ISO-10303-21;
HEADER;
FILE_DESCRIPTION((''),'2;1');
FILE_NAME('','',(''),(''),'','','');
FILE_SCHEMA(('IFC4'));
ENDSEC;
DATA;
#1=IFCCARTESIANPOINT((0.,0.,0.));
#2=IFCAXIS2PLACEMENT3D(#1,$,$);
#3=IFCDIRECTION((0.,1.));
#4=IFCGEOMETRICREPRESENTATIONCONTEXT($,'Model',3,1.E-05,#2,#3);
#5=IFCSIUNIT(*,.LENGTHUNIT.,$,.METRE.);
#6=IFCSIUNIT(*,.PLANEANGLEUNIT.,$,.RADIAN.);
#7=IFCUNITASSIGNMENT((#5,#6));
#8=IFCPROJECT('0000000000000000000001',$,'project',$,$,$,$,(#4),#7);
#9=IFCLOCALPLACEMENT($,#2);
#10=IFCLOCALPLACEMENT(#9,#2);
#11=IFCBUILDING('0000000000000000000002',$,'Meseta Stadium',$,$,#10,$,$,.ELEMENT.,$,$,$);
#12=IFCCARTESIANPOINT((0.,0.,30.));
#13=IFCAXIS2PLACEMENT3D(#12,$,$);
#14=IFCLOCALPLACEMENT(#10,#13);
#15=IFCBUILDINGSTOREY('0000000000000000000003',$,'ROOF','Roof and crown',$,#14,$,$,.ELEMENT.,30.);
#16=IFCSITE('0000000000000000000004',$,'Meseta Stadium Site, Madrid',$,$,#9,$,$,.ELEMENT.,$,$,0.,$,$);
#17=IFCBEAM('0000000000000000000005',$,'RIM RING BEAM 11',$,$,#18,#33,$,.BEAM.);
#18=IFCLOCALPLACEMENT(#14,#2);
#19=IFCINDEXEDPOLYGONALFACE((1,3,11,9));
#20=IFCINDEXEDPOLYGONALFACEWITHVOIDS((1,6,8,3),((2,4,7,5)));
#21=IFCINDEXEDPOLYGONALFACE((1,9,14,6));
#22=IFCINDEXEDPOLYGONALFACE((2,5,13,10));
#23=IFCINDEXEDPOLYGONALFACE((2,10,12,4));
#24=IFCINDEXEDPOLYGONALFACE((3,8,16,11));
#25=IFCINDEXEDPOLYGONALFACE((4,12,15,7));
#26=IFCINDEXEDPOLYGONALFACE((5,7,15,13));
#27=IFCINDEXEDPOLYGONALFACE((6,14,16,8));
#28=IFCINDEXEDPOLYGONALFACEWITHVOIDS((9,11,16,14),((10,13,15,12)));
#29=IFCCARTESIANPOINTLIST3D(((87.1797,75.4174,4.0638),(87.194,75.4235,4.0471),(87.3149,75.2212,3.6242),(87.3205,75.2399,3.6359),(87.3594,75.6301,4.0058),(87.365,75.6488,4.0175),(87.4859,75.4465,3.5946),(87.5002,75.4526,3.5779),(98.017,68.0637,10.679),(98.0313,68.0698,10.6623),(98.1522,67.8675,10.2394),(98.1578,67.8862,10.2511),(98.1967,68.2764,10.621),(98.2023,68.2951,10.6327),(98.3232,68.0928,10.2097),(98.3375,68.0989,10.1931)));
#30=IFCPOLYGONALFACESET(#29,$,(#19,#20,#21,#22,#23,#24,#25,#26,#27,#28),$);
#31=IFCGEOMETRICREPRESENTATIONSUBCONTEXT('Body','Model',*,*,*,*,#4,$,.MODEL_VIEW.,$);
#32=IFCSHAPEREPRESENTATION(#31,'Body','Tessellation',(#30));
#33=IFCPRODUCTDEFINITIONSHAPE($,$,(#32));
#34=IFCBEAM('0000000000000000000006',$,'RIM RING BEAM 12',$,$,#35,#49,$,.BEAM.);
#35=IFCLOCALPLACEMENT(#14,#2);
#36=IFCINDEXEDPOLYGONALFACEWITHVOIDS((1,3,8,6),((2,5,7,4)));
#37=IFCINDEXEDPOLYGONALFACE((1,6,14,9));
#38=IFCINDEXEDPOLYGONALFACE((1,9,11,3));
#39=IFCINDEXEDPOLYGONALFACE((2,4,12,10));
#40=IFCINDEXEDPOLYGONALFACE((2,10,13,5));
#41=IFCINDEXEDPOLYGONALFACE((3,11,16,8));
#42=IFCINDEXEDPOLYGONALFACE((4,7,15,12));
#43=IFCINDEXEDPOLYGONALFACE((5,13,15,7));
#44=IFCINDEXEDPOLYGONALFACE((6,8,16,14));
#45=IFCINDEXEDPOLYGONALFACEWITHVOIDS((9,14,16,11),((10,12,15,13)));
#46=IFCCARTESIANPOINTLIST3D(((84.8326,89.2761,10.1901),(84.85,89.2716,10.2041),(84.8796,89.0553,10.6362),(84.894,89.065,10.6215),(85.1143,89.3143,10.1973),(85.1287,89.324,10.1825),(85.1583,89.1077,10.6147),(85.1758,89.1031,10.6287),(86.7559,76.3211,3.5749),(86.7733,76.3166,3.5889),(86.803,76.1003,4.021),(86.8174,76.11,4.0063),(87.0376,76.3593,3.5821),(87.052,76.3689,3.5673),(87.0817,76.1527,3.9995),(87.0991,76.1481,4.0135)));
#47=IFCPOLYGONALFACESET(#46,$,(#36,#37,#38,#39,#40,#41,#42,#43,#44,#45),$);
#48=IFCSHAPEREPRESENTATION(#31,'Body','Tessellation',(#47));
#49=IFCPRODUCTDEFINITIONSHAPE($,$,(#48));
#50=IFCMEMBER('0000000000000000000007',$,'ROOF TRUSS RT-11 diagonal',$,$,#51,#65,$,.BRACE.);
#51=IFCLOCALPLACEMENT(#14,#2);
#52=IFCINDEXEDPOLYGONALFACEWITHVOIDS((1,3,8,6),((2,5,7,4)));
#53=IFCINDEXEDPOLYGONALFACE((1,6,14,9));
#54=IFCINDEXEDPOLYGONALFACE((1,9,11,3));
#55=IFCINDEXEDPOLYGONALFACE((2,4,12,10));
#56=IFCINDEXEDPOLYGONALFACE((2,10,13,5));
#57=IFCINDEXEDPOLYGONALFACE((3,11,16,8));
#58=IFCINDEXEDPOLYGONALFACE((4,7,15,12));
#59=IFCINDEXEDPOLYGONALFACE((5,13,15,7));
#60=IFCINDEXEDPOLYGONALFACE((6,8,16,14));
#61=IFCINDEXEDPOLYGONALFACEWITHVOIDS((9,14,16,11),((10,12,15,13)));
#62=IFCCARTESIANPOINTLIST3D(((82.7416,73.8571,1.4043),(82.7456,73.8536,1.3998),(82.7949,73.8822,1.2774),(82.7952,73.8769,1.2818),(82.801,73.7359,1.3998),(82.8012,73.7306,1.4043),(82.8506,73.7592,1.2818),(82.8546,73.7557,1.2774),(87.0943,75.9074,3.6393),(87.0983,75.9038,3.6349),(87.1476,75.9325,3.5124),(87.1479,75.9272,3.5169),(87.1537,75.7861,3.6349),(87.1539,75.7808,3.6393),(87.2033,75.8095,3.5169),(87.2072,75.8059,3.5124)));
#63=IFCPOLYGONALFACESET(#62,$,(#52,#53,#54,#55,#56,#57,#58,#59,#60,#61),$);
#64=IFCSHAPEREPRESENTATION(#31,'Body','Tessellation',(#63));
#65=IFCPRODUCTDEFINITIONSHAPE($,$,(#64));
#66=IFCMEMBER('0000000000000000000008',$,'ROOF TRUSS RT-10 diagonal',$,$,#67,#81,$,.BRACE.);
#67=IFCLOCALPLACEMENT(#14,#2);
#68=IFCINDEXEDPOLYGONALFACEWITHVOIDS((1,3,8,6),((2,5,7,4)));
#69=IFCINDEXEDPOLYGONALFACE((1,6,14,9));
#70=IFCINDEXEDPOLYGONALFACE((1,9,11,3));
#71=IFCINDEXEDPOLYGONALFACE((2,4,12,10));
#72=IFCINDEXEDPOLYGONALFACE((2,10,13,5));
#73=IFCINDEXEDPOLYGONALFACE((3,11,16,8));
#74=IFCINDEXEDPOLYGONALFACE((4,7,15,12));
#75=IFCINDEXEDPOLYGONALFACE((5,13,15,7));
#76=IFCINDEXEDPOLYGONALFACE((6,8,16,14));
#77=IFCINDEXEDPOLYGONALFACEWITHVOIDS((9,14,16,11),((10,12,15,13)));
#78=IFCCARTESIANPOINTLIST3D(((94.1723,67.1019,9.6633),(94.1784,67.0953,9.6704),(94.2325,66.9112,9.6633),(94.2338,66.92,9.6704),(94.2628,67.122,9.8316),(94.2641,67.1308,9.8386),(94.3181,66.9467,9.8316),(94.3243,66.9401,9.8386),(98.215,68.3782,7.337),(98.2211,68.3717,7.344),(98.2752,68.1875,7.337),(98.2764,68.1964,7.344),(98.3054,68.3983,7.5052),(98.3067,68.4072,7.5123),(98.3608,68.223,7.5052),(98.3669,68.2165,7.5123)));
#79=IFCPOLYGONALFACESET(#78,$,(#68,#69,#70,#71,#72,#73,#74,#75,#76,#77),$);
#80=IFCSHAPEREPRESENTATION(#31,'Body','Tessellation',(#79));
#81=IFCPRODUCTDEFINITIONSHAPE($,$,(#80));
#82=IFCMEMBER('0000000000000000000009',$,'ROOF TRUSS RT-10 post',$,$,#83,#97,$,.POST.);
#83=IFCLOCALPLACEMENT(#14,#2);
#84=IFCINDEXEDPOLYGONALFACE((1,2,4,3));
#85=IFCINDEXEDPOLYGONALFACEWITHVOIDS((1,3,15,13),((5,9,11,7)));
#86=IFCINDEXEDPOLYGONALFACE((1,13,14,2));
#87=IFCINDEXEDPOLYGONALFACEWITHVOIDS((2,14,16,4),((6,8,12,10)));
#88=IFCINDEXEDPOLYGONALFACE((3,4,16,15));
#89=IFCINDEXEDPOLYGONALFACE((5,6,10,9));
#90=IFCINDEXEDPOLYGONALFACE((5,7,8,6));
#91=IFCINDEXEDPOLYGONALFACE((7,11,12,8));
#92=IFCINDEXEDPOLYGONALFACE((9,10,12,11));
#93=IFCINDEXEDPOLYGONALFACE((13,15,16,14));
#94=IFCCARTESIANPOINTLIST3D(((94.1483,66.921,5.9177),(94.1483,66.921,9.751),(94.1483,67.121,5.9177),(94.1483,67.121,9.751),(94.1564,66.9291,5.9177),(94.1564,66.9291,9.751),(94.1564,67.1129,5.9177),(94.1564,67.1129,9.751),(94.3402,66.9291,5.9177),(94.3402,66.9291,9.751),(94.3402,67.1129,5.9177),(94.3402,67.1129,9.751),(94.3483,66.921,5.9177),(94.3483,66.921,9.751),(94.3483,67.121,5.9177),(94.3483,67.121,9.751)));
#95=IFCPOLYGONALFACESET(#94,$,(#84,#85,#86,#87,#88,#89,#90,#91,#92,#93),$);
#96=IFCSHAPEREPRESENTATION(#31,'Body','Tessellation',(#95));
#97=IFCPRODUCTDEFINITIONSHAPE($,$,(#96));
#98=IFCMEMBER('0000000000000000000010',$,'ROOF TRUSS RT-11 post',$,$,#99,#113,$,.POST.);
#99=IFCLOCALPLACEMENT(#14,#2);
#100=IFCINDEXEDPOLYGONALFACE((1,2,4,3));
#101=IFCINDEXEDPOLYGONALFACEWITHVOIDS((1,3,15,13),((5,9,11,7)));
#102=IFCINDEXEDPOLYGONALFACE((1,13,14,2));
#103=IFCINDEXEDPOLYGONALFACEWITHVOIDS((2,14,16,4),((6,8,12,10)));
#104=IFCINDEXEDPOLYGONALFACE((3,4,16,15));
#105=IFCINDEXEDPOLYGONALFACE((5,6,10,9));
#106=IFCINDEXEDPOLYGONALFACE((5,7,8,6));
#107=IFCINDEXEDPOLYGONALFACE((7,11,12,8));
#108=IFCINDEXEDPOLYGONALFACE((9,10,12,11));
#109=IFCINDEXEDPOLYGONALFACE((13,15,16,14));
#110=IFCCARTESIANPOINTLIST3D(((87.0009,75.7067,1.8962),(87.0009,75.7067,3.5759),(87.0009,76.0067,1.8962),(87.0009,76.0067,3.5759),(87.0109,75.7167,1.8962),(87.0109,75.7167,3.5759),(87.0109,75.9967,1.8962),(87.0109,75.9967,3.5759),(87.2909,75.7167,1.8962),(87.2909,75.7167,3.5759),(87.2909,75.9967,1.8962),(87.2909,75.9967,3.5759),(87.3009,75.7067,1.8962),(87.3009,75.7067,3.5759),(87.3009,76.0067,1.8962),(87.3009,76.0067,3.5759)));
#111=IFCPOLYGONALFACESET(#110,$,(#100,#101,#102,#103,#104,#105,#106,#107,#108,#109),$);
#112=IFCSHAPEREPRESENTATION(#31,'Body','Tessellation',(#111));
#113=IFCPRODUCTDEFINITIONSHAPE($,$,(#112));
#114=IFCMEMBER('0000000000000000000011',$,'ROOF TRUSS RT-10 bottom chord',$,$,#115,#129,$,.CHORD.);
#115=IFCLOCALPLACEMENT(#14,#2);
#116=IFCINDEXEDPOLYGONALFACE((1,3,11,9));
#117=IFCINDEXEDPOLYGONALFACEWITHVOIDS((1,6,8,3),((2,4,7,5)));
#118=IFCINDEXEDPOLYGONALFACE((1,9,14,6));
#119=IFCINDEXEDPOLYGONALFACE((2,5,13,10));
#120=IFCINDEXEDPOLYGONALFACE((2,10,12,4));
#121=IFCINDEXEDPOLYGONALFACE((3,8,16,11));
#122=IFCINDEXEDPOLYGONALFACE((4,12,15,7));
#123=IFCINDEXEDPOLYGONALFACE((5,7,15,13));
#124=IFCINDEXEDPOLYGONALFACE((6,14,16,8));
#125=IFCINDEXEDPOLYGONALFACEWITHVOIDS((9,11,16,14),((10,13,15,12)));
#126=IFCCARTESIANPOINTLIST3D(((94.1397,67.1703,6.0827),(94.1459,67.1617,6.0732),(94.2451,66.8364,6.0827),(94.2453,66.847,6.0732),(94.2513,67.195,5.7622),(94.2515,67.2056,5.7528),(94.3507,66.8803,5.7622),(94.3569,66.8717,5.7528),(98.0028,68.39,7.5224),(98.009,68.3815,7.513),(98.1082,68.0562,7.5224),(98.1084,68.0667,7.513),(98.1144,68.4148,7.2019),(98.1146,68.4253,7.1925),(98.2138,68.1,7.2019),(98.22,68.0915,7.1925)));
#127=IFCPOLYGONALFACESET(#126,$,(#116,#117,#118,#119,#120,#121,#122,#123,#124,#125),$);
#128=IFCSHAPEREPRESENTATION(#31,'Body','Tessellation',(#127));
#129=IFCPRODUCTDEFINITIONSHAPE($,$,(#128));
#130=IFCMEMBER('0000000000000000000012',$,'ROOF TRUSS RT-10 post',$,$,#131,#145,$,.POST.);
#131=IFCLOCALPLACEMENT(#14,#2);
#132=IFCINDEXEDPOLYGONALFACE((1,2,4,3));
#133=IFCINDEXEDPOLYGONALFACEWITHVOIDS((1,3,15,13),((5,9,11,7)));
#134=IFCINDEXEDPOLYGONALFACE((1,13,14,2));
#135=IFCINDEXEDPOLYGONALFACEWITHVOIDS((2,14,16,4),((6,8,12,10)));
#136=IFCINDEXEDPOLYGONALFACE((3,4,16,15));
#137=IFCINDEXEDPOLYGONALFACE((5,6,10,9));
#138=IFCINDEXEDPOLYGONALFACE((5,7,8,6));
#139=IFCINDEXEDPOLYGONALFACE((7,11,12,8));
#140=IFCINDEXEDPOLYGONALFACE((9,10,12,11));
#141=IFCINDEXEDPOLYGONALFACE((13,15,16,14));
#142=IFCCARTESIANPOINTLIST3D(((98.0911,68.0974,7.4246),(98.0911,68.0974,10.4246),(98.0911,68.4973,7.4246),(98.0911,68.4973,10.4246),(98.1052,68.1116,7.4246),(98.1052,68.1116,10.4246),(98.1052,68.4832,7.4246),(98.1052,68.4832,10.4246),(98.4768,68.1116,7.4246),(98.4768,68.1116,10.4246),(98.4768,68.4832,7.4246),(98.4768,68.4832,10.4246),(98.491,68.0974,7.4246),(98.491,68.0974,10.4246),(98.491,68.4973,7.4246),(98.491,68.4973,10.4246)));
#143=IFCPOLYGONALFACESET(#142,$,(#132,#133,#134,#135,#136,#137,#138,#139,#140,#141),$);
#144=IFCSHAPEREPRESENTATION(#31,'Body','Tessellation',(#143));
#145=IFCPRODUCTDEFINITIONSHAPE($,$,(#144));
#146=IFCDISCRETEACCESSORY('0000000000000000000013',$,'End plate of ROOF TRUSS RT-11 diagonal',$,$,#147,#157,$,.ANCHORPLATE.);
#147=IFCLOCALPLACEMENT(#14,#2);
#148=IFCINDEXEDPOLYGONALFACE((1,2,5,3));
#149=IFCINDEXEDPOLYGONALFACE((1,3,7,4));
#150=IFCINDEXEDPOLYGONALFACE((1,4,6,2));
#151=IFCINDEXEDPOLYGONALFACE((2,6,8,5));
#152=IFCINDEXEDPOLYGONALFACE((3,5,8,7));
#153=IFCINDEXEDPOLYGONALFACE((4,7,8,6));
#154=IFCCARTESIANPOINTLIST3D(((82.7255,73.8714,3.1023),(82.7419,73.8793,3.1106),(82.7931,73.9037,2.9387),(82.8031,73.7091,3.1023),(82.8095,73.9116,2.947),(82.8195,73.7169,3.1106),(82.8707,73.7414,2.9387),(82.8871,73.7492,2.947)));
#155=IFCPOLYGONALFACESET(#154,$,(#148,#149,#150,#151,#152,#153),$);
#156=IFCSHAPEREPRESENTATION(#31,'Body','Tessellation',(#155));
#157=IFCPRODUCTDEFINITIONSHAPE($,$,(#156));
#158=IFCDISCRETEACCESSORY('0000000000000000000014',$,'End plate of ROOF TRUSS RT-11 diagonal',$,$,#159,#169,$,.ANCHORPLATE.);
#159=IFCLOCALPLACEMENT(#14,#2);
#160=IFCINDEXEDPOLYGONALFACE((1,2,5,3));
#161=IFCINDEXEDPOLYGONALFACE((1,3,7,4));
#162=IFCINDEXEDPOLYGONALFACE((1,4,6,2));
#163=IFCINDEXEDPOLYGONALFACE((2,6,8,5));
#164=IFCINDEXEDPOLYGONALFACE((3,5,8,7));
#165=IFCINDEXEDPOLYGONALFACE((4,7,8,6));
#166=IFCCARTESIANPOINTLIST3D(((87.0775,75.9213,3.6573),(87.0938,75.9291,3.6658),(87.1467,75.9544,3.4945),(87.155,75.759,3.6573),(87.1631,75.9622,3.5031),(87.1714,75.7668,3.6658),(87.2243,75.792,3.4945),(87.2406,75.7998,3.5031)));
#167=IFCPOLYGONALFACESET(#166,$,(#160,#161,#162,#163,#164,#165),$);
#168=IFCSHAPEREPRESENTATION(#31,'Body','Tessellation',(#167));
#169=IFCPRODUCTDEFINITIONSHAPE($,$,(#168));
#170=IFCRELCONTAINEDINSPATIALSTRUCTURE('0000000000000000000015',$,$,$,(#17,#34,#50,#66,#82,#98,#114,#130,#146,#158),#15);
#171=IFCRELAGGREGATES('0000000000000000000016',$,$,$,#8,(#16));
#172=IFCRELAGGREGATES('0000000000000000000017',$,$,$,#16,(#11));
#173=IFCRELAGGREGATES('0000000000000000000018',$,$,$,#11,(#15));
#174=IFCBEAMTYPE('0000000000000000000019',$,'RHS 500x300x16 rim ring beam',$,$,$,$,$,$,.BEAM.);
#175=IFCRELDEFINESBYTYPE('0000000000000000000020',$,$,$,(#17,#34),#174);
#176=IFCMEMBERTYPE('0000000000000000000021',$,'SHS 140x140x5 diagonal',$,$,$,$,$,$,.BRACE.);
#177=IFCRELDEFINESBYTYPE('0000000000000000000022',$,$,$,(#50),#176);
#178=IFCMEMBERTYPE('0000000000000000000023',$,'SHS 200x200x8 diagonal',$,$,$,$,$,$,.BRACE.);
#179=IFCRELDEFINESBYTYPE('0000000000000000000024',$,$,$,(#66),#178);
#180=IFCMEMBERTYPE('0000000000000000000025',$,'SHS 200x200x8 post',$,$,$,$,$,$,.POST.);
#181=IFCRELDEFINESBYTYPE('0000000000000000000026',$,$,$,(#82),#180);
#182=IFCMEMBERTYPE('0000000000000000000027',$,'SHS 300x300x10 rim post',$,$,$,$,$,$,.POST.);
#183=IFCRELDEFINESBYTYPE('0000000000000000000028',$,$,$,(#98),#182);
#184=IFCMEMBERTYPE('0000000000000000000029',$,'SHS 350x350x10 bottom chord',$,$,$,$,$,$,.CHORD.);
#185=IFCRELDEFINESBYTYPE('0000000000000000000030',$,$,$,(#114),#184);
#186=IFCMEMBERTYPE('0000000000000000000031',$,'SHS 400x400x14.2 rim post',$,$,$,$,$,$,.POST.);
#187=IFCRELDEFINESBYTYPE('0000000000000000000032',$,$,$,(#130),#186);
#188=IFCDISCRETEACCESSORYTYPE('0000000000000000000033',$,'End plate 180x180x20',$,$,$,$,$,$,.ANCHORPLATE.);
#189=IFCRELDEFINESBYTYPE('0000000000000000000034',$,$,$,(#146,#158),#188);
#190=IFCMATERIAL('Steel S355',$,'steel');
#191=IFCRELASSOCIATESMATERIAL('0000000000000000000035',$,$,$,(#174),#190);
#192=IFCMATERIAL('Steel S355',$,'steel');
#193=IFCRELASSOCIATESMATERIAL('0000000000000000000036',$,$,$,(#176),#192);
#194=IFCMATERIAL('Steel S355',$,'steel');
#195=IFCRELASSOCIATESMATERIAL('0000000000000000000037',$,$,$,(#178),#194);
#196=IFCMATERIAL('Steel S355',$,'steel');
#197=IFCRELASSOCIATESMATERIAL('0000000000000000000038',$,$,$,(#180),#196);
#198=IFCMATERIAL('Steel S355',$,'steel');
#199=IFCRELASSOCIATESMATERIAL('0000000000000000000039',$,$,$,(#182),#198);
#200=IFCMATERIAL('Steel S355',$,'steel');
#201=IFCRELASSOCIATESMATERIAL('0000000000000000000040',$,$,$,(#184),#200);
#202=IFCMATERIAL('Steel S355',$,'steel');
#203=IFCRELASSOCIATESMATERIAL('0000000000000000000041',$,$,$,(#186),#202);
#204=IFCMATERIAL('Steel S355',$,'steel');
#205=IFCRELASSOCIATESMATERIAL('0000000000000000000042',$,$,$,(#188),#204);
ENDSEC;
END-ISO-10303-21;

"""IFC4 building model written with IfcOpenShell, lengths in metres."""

from ifc_helpers import new_model, si_unit, direction, frame, origin, origin_2d, place, context, subcontext, project, spatial, rectangle, hollow_rectangle, extrude, material, material_profile, profile_set, type_object, element, save


model = new_model("IFC4")

# Units and contexts
model_context = context("Model", 3, precision=1e-05, world=origin(), true_north=direction((0.0, 1.0)))
body_context = subcontext(model_context, "Body", "Model", "MODEL_VIEW")
ifc_project = project(units=[si_unit("LENGTHUNIT", "METRE"), si_unit("PLANEANGLEUNIT", "RADIAN")], contexts=[model_context])

# Site, building, storey
site_placement = place(None, origin())
site = spatial("IfcSite", under=ifc_project, at=site_placement, Name="Meseta Stadium Site, Madrid", CompositionType="ELEMENT", RefElevation=0.0)
building_placement = place(site_placement, origin())
building = spatial("IfcBuilding", under=site, at=building_placement, Name="Meseta Stadium", CompositionType="ELEMENT")
storey_placement = place(building_placement, frame((0.0, 0.0, 30.0)))
storey = spatial("IfcBuildingStorey", under=building, at=storey_placement, Name="ROOF", Description="Roof and crown", CompositionType="ELEMENT", Elevation=30.0)

# Beams
ifc_material_1 = material(Name="Steel S355", Category="steel")
ifc_material_profile_1 = material_profile(ifc_material_1, hollow_rectangle(XDim=0.3, YDim=0.5, WallThickness=0.0161, at=origin_2d()), Name="RHS 500x300x16")
ifc_profile_set_1 = profile_set([ifc_material_profile_1], Name="Steel S355")
beam_type = type_object("IfcBeamType", Name="RHS 500x300x16 rim ring beam", PredefinedType="BEAM", material=ifc_profile_set_1)
beam_1_placement = place(storey_placement, frame((98.1772, 68.0813, 10.436), z_axis=(-0.738609, 0.501186, -0.450853), x_axis=(-0.61754, -0.771249, 0.154333)))
element("IfcBeam", 1, at=beam_1_placement, inside=storey, type_object=beam_type, Name="RIM RING BEAM 11", PredefinedType="BEAM", context=body_context, shape_type="SweptSolid", body=[
    extrude(hollow_rectangle(XDim=0.3, YDim=0.5, WallThickness=0.0161, at=origin_2d()), origin(), (0.0, 0.0, 1.0), 14.6726),
])
beam_2_placement = place(storey_placement, frame((86.9275, 76.2346, 3.7942), z_axis=(-0.131081, 0.882924, 0.450846), x_axis=(-0.986889, -0.159412, 0.025256)))
element("IfcBeam", 2, at=beam_2_placement, inside=storey, type_object=beam_type, Name="RIM RING BEAM 12", PredefinedType="BEAM", context=body_context, shape_type="SweptSolid", body=[
    extrude(hollow_rectangle(XDim=0.3, YDim=0.5, WallThickness=0.0161, at=origin_2d()), origin(), (0.0, 0.0, 1.0), 14.6729),
])

# Members
ifc_material_2 = material(Name="Steel S355", Category="steel")
ifc_material_profile_2 = material_profile(ifc_material_2, hollow_rectangle(XDim=0.1399, YDim=0.1399, WallThickness=0.0049, at=origin_2d()), Name="SHS 140x140x5")
ifc_profile_set_2 = profile_set([ifc_material_profile_2], Name="Steel S355")
member_type_1 = type_object("IfcMemberType", Name="SHS 140x140x5 diagonal", PredefinedType="BRACE", material=ifc_profile_set_2)
member_1_placement = place(storey_placement, frame((82.7981, 73.8064, 1.3408), z_axis=(0.820461, 0.386462, 0.421298), x_axis=(-0.426124, 0.904665, 0.0)))
element("IfcMember", 3, at=member_1_placement, inside=storey, type_object=member_type_1, Name="ROOF TRUSS RT-11 diagonal", PredefinedType="BRACE", context=body_context, shape_type="SweptSolid", body=[
    extrude(hollow_rectangle(XDim=0.1399, YDim=0.1399, WallThickness=0.0049, at=origin_2d()), origin(), (0.0, 0.0, 1.0), 5.3052),
])
ifc_material_3 = material(Name="Steel S355", Category="steel")
ifc_material_profile_3 = material_profile(ifc_material_3, hollow_rectangle(XDim=0.2, YDim=0.2, WallThickness=0.0081, at=origin_2d()), Name="SHS 200x200x8")
ifc_profile_set_3 = profile_set([ifc_material_profile_3], Name="Steel S355")
member_type_2 = type_object("IfcMemberType", Name="SHS 200x200x8 diagonal", PredefinedType="BRACE", material=ifc_profile_set_3)
member_2_placement = place(storey_placement, frame((94.2483, 67.021, 9.751), z_axis=(0.835999, 0.263941, -0.481082), x_axis=(-0.301071, 0.953602, 0.0)))
element("IfcMember", 4, at=member_2_placement, inside=storey, type_object=member_type_2, Name="ROOF TRUSS RT-10 diagonal", PredefinedType="BRACE", context=body_context, shape_type="SweptSolid", body=[
    extrude(hollow_rectangle(XDim=0.2, YDim=0.2, WallThickness=0.0081, at=origin_2d()), origin(), (0.0, 0.0, 1.0), 4.8357),
])
ifc_material_4 = material(Name="Steel S355", Category="steel")
ifc_material_profile_4 = material_profile(ifc_material_4, hollow_rectangle(XDim=0.2, YDim=0.2, WallThickness=0.0081, at=origin_2d()), Name="SHS 200x200x8")
ifc_profile_set_4 = profile_set([ifc_material_profile_4], Name="Steel S355")
member_type_3 = type_object("IfcMemberType", Name="SHS 200x200x8 post", PredefinedType="POST", material=ifc_profile_set_4)
member_3_placement = place(storey_placement, frame((94.2483, 67.021, 5.9177), z_axis=(0.0, 0.0, 1.0), x_axis=(1.0, 0.0, 0.0)))
element("IfcMember", 5, at=member_3_placement, inside=storey, type_object=member_type_3, Name="ROOF TRUSS RT-10 post", PredefinedType="POST", context=body_context, shape_type="SweptSolid", body=[
    extrude(hollow_rectangle(XDim=0.2, YDim=0.2, WallThickness=0.0081, at=origin_2d()), origin(), (0.0, 0.0, 1.0), 3.8333),
])
ifc_material_5 = material(Name="Steel S355", Category="steel")
ifc_material_profile_5 = material_profile(ifc_material_5, hollow_rectangle(XDim=0.3, YDim=0.3, WallThickness=0.01, at=origin_2d()), Name="SHS 300x300x10")
ifc_profile_set_5 = profile_set([ifc_material_profile_5], Name="Steel S355")
member_type_4 = type_object("IfcMemberType", Name="SHS 300x300x10 rim post", PredefinedType="POST", material=ifc_profile_set_5)
member_4_placement = place(storey_placement, frame((87.1509, 75.8567, 1.8962), z_axis=(0.0, 0.0, 1.0), x_axis=(1.0, 0.0, 0.0)))
element("IfcMember", 6, at=member_4_placement, inside=storey, type_object=member_type_4, Name="ROOF TRUSS RT-11 post", PredefinedType="POST", context=body_context, shape_type="SweptSolid", body=[
    extrude(hollow_rectangle(XDim=0.3, YDim=0.3, WallThickness=0.01, at=origin_2d()), origin(), (0.0, 0.0, 1.0), 1.6797),
])
ifc_material_6 = material(Name="Steel S355", Category="steel")
ifc_material_profile_6 = material_profile(ifc_material_6, hollow_rectangle(XDim=0.3501, YDim=0.3501, WallThickness=0.01, at=origin_2d()), Name="SHS 350x350x10")
ifc_profile_set_6 = profile_set([ifc_material_profile_6], Name="Steel S355")
member_type_5 = type_object("IfcMemberType", Name="SHS 350x350x10 bottom chord", PredefinedType="CHORD", material=ifc_profile_set_6)
member_5_placement = place(storey_placement, frame((94.2483, 67.021, 5.9177), z_axis=(0.898538, 0.283707, 0.334872), x_axis=(-0.301091, 0.953595, 0.0)))
element("IfcMember", 7, at=member_5_placement, inside=storey, type_object=member_type_5, Name="ROOF TRUSS RT-10 bottom chord", PredefinedType="CHORD", context=body_context, shape_type="SweptSolid", body=[
    extrude(hollow_rectangle(XDim=0.3501, YDim=0.3501, WallThickness=0.01, at=origin_2d()), origin(), (0.0, 0.0, 1.0), 4.2993),
])
ifc_material_7 = material(Name="Steel S355", Category="steel")
ifc_material_profile_7 = material_profile(ifc_material_7, hollow_rectangle(XDim=0.3999, YDim=0.3999, WallThickness=0.0142, at=origin_2d()), Name="SHS 400x400x14.2")
ifc_profile_set_7 = profile_set([ifc_material_profile_7], Name="Steel S355")
member_type_6 = type_object("IfcMemberType", Name="SHS 400x400x14.2 rim post", PredefinedType="POST", material=ifc_profile_set_7)
member_6_placement = place(storey_placement, frame((98.291, 68.2974, 7.4246), z_axis=(0.0, 0.0, 1.0), x_axis=(1.0, 0.0, 0.0)))
element("IfcMember", 8, at=member_6_placement, inside=storey, type_object=member_type_6, Name="ROOF TRUSS RT-10 post", PredefinedType="POST", context=body_context, shape_type="SweptSolid", body=[
    extrude(hollow_rectangle(XDim=0.3999, YDim=0.3999, WallThickness=0.0142, at=origin_2d()), origin(), (0.0, 0.0, 1.0), 3.0),
])

# Discrete accessories
ifc_material_8 = material(Name="Steel S355", Category="steel")
ifc_material_profile_8 = material_profile(ifc_material_8, rectangle(XDim=0.1799, YDim=0.1799, at=origin_2d()), Name="PL 180x180")
ifc_profile_set_8 = profile_set([ifc_material_profile_8], Name="Steel S355")
discrete_accessory_type_1 = type_object("IfcDiscreteAccessoryType", Name="End plate 180x180x20", PredefinedType="ANCHORPLATE", material=ifc_profile_set_8)
for number, where, z_axis, x_axis, name in (
    (9, (82.7981, 73.8064, 3.0205), (0.820436, 0.39185, 0.41634), (-0.430979, 0.902362, 0.0), "End plate of ROOF TRUSS RT-11 diagonal"),
    (10, (87.1509, 75.8567, 3.5759), (0.816224, 0.389838, 0.426386), (-0.430979, 0.902362, 0.0), "End plate of ROOF TRUSS RT-11 diagonal"),
):
    element("IfcDiscreteAccessory", number, at=place(storey_placement, frame(where, z_axis=z_axis, x_axis=x_axis)), inside=storey, type_object=discrete_accessory_type_1, Name=name, PredefinedType="ANCHORPLATE", context=body_context, shape_type="SweptSolid", body=[
        extrude(rectangle(XDim=0.1799, YDim=0.1799, at=origin_2d()), origin(), (0.0, 0.0, 1.0), 0.02),
    ])

save(model, "model.ifc")
